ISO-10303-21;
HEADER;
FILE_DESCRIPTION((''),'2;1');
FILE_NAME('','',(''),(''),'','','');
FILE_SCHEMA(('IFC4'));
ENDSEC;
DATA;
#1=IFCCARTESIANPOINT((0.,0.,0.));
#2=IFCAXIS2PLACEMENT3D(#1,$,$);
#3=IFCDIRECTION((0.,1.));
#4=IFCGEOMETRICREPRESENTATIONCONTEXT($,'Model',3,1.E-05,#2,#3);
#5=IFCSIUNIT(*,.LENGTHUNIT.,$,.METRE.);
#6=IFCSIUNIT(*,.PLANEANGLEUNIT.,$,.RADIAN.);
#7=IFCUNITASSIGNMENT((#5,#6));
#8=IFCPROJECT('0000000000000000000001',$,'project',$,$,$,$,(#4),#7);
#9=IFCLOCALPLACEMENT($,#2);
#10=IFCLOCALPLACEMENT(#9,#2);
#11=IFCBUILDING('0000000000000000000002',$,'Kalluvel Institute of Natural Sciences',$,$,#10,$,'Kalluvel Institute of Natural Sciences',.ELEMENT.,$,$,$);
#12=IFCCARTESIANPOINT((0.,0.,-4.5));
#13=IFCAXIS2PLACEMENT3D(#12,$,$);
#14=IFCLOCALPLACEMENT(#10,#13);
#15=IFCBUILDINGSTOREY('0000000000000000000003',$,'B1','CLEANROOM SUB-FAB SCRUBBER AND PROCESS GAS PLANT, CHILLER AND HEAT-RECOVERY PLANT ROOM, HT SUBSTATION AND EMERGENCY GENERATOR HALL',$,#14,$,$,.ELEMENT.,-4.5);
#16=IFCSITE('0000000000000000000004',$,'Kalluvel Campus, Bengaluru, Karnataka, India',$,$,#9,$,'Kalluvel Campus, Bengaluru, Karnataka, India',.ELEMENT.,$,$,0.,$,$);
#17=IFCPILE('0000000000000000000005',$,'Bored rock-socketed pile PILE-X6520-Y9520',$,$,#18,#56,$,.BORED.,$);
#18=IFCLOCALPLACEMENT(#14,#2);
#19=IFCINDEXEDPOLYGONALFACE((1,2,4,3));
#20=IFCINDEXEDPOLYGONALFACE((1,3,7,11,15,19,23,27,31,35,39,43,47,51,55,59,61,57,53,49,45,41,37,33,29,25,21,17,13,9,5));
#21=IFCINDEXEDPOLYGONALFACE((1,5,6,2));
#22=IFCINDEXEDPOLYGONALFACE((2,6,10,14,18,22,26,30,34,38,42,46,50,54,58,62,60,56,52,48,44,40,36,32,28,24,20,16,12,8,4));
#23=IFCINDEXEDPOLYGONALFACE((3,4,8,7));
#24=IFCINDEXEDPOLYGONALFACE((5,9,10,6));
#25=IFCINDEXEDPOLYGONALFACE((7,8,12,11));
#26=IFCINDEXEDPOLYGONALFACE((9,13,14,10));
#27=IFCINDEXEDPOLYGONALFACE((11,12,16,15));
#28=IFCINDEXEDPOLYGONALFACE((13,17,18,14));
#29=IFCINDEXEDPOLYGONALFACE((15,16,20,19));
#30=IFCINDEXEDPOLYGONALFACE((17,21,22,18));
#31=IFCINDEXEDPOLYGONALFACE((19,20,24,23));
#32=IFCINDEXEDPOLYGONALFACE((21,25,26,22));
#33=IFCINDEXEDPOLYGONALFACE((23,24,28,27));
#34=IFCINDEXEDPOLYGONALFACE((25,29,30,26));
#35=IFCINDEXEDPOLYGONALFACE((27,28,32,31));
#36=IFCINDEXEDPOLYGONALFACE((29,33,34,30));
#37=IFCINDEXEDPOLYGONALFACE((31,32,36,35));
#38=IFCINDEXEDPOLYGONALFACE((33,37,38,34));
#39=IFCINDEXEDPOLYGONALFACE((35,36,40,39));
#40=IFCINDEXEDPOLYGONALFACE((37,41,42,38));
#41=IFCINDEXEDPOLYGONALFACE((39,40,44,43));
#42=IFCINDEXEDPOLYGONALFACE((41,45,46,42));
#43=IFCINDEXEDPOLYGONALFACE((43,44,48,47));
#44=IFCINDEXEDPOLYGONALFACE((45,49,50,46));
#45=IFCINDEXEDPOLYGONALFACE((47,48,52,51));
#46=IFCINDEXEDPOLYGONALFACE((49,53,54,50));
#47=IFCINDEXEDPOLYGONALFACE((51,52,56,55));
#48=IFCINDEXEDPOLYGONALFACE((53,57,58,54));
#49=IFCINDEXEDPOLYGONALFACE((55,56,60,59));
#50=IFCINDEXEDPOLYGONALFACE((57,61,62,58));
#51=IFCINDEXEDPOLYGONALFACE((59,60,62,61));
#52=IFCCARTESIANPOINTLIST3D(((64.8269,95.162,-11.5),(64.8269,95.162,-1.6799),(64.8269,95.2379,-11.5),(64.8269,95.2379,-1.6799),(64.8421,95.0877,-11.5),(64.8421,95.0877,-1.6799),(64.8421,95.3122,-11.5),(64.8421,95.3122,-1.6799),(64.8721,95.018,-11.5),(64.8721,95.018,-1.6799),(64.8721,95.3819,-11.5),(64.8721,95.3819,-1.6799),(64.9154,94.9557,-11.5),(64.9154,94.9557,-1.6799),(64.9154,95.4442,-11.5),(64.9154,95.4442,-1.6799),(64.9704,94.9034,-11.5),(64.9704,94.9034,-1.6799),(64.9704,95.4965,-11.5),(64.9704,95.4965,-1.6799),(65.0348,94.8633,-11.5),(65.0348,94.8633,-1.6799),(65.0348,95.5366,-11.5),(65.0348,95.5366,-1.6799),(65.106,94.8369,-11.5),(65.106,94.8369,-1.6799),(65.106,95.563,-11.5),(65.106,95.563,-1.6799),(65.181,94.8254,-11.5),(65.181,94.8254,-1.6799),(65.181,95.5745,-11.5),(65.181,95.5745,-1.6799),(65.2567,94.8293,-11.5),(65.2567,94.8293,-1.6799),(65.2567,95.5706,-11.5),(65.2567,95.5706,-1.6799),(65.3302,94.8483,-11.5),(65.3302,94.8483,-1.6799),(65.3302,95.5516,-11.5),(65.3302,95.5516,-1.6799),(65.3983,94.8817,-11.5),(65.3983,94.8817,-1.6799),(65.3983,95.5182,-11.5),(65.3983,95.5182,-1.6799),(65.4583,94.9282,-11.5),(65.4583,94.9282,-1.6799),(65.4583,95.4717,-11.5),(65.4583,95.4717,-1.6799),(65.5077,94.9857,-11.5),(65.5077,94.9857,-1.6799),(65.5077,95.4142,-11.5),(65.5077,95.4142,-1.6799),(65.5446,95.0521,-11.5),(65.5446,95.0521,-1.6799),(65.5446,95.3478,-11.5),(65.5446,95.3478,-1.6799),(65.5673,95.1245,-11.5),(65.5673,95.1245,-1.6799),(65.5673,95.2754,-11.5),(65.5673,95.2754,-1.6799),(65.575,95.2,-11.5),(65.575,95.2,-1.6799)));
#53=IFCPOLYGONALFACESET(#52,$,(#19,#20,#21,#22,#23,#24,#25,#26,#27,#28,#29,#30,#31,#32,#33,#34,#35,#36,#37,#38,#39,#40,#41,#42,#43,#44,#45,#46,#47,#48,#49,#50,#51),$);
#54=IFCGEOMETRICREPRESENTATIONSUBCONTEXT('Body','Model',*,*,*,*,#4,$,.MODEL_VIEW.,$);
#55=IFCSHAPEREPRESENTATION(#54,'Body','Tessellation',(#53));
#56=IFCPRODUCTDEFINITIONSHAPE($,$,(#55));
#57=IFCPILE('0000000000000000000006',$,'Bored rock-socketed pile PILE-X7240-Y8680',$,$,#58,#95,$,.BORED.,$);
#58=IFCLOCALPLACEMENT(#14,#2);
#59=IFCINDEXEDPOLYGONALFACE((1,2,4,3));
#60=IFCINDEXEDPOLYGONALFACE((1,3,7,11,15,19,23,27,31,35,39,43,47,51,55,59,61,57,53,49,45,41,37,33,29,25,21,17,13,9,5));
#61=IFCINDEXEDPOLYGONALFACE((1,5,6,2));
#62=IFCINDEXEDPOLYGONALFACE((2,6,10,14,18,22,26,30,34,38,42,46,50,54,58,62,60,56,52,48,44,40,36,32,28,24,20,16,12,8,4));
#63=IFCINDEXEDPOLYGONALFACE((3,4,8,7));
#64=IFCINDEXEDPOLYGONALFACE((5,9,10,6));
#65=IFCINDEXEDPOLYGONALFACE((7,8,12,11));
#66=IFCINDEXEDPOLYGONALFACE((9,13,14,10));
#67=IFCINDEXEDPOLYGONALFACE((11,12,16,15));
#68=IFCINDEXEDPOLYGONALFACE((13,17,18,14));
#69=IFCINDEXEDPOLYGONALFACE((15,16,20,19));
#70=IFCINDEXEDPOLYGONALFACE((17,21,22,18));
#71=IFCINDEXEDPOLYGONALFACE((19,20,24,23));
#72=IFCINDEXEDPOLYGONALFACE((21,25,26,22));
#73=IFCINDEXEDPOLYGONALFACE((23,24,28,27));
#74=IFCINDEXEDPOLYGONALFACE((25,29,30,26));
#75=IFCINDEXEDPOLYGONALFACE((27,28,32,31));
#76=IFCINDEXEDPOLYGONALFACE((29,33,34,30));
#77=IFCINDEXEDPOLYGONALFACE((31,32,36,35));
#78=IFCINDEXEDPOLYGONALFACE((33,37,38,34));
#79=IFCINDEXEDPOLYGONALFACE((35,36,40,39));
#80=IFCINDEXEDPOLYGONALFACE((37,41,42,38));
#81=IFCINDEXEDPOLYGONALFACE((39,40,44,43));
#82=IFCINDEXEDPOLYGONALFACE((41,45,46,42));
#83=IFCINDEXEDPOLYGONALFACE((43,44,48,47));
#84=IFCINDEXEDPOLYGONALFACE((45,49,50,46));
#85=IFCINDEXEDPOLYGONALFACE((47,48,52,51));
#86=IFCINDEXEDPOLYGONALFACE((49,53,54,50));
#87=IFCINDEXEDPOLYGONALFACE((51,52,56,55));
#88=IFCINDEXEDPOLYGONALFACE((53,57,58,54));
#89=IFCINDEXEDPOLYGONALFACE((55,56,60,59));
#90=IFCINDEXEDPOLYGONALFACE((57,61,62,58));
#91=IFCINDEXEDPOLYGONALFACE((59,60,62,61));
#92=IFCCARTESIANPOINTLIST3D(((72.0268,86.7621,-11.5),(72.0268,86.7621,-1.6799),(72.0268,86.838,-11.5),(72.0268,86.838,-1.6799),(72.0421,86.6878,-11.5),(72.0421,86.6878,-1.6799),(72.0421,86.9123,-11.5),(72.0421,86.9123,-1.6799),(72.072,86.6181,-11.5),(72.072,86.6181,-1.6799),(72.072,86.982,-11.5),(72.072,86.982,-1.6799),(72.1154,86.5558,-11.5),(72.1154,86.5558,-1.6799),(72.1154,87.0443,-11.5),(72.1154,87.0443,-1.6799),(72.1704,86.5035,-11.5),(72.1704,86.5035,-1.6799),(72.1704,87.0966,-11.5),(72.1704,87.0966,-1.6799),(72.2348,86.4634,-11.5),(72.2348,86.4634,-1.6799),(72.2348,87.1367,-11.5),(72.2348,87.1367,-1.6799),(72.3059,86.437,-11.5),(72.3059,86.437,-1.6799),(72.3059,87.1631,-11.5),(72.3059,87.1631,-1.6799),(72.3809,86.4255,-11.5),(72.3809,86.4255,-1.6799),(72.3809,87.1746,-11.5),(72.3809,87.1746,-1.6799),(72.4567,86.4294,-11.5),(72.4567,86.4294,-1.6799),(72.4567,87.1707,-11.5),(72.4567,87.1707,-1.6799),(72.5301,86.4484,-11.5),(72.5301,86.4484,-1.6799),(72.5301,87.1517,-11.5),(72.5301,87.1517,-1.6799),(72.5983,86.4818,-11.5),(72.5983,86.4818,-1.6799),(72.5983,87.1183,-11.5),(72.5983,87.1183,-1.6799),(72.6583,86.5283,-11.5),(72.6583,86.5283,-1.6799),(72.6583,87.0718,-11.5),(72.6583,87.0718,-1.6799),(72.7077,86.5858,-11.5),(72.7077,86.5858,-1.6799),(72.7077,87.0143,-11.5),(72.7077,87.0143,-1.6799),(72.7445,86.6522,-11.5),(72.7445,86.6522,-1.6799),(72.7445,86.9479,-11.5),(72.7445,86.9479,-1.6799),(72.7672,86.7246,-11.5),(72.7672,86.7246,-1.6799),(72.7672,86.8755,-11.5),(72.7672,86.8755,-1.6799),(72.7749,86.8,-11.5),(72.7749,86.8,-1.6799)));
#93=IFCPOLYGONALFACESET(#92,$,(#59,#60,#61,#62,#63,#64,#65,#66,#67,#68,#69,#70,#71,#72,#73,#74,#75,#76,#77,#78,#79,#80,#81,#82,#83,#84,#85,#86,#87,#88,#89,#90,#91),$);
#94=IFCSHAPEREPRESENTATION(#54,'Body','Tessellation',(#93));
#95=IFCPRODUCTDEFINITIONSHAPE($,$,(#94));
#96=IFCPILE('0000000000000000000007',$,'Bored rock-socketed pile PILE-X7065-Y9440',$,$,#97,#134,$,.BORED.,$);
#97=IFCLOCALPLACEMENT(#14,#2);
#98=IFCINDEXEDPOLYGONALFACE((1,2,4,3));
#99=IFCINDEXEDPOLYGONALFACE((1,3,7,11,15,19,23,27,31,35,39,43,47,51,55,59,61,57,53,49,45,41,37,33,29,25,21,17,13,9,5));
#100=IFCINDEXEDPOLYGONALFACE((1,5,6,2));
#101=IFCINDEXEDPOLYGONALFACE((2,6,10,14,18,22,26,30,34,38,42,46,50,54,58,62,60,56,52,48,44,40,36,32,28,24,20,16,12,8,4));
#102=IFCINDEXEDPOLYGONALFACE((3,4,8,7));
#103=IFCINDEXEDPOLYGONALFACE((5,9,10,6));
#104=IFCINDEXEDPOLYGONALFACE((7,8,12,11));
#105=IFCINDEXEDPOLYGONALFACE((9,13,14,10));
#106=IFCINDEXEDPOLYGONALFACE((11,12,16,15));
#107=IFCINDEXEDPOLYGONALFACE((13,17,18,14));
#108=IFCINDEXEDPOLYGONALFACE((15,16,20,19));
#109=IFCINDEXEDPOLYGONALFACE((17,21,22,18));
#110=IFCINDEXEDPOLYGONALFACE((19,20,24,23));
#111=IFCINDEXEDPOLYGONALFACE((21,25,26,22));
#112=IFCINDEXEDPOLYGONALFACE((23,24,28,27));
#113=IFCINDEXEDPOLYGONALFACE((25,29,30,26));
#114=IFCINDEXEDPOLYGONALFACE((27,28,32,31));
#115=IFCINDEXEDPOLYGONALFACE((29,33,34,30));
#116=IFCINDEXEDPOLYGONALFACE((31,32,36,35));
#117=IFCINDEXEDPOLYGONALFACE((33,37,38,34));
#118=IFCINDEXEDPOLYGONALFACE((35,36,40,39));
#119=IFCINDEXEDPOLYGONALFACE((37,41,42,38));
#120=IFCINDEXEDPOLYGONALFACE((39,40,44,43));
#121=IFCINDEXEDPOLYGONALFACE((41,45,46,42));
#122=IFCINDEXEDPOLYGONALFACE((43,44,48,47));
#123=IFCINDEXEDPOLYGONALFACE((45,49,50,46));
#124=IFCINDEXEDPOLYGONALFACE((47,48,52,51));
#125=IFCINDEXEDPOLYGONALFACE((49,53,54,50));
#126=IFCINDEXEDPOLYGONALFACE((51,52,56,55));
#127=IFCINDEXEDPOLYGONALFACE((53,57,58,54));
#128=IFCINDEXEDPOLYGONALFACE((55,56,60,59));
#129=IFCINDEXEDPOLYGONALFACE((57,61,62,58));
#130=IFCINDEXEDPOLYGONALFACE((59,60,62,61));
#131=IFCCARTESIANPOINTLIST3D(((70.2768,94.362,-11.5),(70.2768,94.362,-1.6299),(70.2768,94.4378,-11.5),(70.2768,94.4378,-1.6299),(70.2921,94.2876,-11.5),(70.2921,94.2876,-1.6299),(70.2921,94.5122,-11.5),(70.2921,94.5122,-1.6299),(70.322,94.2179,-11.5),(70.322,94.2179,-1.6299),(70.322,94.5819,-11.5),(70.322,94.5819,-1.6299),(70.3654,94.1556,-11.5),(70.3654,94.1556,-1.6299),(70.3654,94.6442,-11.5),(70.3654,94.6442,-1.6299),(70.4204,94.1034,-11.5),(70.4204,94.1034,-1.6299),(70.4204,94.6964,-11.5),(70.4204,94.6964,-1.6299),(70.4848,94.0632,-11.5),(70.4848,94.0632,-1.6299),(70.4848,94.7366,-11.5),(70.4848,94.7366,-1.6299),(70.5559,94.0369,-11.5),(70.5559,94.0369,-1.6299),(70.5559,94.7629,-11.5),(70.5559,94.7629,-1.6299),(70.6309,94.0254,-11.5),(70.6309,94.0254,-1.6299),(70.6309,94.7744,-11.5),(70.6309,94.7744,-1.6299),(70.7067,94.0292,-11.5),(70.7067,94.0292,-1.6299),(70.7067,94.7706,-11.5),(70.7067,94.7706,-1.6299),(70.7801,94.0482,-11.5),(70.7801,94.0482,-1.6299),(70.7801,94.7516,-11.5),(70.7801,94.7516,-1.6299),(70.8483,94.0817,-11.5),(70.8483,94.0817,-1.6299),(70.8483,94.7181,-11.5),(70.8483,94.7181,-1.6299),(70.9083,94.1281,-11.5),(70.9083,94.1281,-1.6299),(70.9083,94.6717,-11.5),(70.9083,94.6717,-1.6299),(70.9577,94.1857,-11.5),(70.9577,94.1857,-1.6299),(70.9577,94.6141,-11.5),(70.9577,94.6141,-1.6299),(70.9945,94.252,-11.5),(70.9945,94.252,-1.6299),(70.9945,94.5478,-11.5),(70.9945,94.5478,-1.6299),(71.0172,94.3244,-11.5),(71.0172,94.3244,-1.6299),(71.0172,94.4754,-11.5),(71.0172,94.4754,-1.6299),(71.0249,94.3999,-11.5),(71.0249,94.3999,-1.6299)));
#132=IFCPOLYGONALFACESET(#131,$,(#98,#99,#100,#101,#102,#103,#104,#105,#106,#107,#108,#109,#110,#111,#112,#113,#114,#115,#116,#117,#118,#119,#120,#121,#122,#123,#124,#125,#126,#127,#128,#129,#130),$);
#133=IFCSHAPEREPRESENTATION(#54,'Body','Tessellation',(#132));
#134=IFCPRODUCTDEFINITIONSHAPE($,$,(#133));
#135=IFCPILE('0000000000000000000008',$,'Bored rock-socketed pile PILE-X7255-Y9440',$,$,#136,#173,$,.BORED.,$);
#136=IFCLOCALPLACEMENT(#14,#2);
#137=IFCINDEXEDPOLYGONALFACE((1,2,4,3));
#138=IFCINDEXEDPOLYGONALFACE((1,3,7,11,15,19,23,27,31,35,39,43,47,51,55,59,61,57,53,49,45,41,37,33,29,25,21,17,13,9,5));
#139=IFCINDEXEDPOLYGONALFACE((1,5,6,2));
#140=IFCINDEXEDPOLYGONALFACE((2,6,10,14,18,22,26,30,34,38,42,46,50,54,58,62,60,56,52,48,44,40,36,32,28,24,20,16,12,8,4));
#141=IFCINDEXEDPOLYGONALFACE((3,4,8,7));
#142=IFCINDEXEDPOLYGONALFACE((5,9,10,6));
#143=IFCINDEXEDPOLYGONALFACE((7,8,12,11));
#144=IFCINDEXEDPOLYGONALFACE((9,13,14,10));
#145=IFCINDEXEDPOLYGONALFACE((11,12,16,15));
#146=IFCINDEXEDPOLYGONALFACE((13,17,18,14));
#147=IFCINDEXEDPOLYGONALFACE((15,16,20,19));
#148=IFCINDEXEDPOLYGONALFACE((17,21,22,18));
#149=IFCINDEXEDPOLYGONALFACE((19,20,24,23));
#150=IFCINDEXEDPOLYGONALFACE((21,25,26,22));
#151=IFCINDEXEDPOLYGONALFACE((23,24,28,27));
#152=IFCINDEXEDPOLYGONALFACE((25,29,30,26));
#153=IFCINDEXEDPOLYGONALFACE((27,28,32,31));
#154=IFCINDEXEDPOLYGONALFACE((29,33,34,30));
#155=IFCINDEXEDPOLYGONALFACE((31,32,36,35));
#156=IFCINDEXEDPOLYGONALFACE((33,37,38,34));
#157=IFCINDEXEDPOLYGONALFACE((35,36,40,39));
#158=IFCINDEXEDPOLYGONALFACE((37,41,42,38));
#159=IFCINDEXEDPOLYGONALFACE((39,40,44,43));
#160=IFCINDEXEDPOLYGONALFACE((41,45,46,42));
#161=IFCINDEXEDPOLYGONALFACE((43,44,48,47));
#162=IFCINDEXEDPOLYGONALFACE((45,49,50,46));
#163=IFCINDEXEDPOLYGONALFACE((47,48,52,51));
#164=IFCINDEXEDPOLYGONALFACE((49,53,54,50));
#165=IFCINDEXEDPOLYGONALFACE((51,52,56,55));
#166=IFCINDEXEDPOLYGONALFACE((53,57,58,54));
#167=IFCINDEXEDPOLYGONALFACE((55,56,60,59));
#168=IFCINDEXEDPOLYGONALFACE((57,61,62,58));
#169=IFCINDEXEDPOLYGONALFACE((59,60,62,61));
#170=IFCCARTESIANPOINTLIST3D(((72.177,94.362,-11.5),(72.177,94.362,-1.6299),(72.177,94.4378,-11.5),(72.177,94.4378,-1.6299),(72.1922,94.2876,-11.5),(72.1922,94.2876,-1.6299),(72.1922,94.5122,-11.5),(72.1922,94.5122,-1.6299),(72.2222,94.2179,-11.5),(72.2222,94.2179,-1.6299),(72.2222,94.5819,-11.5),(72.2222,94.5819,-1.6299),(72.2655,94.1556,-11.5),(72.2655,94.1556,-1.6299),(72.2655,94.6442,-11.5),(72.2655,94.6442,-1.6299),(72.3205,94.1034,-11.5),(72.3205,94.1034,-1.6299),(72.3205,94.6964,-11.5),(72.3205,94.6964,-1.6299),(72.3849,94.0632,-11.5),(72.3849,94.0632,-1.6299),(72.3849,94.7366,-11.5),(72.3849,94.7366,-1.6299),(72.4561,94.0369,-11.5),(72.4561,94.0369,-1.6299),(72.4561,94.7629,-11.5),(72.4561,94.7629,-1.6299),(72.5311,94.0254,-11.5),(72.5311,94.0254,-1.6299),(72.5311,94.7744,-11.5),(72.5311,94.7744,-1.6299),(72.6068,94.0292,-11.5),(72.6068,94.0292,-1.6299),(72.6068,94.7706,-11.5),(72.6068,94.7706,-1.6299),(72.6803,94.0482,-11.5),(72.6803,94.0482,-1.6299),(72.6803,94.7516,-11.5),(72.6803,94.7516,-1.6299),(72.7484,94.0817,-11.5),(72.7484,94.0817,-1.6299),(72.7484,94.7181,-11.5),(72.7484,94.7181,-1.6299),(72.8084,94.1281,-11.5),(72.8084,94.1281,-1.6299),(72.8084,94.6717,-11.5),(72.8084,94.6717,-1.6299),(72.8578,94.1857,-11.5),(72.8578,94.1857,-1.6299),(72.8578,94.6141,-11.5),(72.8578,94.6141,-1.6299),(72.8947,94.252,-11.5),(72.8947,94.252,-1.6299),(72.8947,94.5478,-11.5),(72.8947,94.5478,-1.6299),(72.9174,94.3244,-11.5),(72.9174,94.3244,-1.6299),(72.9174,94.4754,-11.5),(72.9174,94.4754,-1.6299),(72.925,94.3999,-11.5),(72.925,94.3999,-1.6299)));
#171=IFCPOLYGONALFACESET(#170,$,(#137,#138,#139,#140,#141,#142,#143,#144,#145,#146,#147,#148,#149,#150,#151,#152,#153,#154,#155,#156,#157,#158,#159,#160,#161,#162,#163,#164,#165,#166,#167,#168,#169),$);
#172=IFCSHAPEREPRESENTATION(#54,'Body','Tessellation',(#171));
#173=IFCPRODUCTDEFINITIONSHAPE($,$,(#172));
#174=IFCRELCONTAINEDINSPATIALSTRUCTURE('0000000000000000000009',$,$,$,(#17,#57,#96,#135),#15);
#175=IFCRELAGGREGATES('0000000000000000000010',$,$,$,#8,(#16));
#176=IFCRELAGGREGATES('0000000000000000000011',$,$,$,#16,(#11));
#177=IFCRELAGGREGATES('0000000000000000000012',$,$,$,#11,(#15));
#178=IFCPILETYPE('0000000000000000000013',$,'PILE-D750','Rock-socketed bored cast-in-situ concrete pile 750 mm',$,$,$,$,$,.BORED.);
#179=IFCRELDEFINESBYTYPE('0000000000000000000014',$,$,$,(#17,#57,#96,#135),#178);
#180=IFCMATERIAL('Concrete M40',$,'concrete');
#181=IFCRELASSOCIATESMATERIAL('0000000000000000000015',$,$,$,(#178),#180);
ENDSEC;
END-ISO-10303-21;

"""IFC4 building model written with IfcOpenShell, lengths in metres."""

from ifc_helpers import new_model, si_unit, direction, frame, origin, origin_2d, place, context, subcontext, project, spatial, circle, extrude, material, material_profile, profile_set, type_object, element, save


model = new_model("IFC4")

# Units and contexts
model_context = context("Model", 3, precision=1e-05, world=origin(), true_north=direction((0.0, 1.0)))
body_context = subcontext(model_context, "Body", "Model", "MODEL_VIEW")
ifc_project = project(units=[si_unit("LENGTHUNIT", "METRE"), si_unit("PLANEANGLEUNIT", "RADIAN")], contexts=[model_context])

# Site, building, storey
site_placement = place(None, origin())
site = spatial("IfcSite", under=ifc_project, at=site_placement, Name="Kalluvel Campus, Bengaluru, Karnataka, India", LongName="Kalluvel Campus, Bengaluru, Karnataka, India", CompositionType="ELEMENT", RefElevation=0.0)
building_placement = place(site_placement, origin())
building = spatial("IfcBuilding", under=site, at=building_placement, Name="Kalluvel Institute of Natural Sciences", LongName="Kalluvel Institute of Natural Sciences", CompositionType="ELEMENT")
storey_placement = place(building_placement, frame((0.0, 0.0, -4.5)))
storey = spatial("IfcBuildingStorey", under=building, at=storey_placement, Name="B1", Description="CLEANROOM SUB-FAB SCRUBBER AND PROCESS GAS PLANT, CHILLER AND HEAT-RECOVERY PLANT ROOM, HT SUBSTATION AND EMERGENCY GENERATOR HALL", CompositionType="ELEMENT", Elevation=-4.5)

# Shared definitions
ifc_material_1 = material(Name="Concrete M40", Category="concrete")

# Piles
ifc_material_profile_1 = material_profile(ifc_material_1, circle(Radius=0.375, at=origin_2d()), Name="PILE D750")
ifc_profile_set_1 = profile_set([ifc_material_profile_1], Name="Concrete M40")
pile_type_1 = type_object("IfcPileType", Name="PILE-D750", Description="Rock-socketed bored cast-in-situ concrete pile 750 mm", PredefinedType="BORED", material=ifc_profile_set_1)
for number, where, z_axis, x_axis, name in (
    (1, (65.2, 95.2, -1.6799), (0.0, 0.0, -1.0), (1.0, 0.0, 0.0), "Bored rock-socketed pile PILE-X6520-Y9520"),
    (2, (72.3999, 86.8, -1.6799), (0.0, 0.0, -1.0), (1.0, 0.0, 0.0), "Bored rock-socketed pile PILE-X7240-Y8680"),
):
    element("IfcPile", number, at=place(storey_placement, frame(where, z_axis=z_axis, x_axis=x_axis)), inside=storey, type_object=pile_type_1, Name=name, PredefinedType="BORED", context=body_context, shape_type="SweptSolid", body=[
        extrude(circle(Radius=0.375, at=origin_2d()), origin(), (0.0, 0.0, 1.0), 9.8201),
    ])
for number, where, z_axis, x_axis, name in (
    (3, (70.6499, 94.3999, -1.6299), (0.0, 0.0, -1.0), (1.0, 0.0, 0.0), "Bored rock-socketed pile PILE-X7065-Y9440"),
    (4, (72.55, 94.3999, -1.6299), (0.0, 0.0, -1.0), (1.0, 0.0, 0.0), "Bored rock-socketed pile PILE-X7255-Y9440"),
):
    element("IfcPile", number, at=place(storey_placement, frame(where, z_axis=z_axis, x_axis=x_axis)), inside=storey, type_object=pile_type_1, Name=name, PredefinedType="BORED", context=body_context, shape_type="SweptSolid", body=[
        extrude(circle(Radius=0.375, at=origin_2d()), origin(), (0.0, 0.0, 1.0), 9.8701),
    ])

save(model, "model.ifc")
